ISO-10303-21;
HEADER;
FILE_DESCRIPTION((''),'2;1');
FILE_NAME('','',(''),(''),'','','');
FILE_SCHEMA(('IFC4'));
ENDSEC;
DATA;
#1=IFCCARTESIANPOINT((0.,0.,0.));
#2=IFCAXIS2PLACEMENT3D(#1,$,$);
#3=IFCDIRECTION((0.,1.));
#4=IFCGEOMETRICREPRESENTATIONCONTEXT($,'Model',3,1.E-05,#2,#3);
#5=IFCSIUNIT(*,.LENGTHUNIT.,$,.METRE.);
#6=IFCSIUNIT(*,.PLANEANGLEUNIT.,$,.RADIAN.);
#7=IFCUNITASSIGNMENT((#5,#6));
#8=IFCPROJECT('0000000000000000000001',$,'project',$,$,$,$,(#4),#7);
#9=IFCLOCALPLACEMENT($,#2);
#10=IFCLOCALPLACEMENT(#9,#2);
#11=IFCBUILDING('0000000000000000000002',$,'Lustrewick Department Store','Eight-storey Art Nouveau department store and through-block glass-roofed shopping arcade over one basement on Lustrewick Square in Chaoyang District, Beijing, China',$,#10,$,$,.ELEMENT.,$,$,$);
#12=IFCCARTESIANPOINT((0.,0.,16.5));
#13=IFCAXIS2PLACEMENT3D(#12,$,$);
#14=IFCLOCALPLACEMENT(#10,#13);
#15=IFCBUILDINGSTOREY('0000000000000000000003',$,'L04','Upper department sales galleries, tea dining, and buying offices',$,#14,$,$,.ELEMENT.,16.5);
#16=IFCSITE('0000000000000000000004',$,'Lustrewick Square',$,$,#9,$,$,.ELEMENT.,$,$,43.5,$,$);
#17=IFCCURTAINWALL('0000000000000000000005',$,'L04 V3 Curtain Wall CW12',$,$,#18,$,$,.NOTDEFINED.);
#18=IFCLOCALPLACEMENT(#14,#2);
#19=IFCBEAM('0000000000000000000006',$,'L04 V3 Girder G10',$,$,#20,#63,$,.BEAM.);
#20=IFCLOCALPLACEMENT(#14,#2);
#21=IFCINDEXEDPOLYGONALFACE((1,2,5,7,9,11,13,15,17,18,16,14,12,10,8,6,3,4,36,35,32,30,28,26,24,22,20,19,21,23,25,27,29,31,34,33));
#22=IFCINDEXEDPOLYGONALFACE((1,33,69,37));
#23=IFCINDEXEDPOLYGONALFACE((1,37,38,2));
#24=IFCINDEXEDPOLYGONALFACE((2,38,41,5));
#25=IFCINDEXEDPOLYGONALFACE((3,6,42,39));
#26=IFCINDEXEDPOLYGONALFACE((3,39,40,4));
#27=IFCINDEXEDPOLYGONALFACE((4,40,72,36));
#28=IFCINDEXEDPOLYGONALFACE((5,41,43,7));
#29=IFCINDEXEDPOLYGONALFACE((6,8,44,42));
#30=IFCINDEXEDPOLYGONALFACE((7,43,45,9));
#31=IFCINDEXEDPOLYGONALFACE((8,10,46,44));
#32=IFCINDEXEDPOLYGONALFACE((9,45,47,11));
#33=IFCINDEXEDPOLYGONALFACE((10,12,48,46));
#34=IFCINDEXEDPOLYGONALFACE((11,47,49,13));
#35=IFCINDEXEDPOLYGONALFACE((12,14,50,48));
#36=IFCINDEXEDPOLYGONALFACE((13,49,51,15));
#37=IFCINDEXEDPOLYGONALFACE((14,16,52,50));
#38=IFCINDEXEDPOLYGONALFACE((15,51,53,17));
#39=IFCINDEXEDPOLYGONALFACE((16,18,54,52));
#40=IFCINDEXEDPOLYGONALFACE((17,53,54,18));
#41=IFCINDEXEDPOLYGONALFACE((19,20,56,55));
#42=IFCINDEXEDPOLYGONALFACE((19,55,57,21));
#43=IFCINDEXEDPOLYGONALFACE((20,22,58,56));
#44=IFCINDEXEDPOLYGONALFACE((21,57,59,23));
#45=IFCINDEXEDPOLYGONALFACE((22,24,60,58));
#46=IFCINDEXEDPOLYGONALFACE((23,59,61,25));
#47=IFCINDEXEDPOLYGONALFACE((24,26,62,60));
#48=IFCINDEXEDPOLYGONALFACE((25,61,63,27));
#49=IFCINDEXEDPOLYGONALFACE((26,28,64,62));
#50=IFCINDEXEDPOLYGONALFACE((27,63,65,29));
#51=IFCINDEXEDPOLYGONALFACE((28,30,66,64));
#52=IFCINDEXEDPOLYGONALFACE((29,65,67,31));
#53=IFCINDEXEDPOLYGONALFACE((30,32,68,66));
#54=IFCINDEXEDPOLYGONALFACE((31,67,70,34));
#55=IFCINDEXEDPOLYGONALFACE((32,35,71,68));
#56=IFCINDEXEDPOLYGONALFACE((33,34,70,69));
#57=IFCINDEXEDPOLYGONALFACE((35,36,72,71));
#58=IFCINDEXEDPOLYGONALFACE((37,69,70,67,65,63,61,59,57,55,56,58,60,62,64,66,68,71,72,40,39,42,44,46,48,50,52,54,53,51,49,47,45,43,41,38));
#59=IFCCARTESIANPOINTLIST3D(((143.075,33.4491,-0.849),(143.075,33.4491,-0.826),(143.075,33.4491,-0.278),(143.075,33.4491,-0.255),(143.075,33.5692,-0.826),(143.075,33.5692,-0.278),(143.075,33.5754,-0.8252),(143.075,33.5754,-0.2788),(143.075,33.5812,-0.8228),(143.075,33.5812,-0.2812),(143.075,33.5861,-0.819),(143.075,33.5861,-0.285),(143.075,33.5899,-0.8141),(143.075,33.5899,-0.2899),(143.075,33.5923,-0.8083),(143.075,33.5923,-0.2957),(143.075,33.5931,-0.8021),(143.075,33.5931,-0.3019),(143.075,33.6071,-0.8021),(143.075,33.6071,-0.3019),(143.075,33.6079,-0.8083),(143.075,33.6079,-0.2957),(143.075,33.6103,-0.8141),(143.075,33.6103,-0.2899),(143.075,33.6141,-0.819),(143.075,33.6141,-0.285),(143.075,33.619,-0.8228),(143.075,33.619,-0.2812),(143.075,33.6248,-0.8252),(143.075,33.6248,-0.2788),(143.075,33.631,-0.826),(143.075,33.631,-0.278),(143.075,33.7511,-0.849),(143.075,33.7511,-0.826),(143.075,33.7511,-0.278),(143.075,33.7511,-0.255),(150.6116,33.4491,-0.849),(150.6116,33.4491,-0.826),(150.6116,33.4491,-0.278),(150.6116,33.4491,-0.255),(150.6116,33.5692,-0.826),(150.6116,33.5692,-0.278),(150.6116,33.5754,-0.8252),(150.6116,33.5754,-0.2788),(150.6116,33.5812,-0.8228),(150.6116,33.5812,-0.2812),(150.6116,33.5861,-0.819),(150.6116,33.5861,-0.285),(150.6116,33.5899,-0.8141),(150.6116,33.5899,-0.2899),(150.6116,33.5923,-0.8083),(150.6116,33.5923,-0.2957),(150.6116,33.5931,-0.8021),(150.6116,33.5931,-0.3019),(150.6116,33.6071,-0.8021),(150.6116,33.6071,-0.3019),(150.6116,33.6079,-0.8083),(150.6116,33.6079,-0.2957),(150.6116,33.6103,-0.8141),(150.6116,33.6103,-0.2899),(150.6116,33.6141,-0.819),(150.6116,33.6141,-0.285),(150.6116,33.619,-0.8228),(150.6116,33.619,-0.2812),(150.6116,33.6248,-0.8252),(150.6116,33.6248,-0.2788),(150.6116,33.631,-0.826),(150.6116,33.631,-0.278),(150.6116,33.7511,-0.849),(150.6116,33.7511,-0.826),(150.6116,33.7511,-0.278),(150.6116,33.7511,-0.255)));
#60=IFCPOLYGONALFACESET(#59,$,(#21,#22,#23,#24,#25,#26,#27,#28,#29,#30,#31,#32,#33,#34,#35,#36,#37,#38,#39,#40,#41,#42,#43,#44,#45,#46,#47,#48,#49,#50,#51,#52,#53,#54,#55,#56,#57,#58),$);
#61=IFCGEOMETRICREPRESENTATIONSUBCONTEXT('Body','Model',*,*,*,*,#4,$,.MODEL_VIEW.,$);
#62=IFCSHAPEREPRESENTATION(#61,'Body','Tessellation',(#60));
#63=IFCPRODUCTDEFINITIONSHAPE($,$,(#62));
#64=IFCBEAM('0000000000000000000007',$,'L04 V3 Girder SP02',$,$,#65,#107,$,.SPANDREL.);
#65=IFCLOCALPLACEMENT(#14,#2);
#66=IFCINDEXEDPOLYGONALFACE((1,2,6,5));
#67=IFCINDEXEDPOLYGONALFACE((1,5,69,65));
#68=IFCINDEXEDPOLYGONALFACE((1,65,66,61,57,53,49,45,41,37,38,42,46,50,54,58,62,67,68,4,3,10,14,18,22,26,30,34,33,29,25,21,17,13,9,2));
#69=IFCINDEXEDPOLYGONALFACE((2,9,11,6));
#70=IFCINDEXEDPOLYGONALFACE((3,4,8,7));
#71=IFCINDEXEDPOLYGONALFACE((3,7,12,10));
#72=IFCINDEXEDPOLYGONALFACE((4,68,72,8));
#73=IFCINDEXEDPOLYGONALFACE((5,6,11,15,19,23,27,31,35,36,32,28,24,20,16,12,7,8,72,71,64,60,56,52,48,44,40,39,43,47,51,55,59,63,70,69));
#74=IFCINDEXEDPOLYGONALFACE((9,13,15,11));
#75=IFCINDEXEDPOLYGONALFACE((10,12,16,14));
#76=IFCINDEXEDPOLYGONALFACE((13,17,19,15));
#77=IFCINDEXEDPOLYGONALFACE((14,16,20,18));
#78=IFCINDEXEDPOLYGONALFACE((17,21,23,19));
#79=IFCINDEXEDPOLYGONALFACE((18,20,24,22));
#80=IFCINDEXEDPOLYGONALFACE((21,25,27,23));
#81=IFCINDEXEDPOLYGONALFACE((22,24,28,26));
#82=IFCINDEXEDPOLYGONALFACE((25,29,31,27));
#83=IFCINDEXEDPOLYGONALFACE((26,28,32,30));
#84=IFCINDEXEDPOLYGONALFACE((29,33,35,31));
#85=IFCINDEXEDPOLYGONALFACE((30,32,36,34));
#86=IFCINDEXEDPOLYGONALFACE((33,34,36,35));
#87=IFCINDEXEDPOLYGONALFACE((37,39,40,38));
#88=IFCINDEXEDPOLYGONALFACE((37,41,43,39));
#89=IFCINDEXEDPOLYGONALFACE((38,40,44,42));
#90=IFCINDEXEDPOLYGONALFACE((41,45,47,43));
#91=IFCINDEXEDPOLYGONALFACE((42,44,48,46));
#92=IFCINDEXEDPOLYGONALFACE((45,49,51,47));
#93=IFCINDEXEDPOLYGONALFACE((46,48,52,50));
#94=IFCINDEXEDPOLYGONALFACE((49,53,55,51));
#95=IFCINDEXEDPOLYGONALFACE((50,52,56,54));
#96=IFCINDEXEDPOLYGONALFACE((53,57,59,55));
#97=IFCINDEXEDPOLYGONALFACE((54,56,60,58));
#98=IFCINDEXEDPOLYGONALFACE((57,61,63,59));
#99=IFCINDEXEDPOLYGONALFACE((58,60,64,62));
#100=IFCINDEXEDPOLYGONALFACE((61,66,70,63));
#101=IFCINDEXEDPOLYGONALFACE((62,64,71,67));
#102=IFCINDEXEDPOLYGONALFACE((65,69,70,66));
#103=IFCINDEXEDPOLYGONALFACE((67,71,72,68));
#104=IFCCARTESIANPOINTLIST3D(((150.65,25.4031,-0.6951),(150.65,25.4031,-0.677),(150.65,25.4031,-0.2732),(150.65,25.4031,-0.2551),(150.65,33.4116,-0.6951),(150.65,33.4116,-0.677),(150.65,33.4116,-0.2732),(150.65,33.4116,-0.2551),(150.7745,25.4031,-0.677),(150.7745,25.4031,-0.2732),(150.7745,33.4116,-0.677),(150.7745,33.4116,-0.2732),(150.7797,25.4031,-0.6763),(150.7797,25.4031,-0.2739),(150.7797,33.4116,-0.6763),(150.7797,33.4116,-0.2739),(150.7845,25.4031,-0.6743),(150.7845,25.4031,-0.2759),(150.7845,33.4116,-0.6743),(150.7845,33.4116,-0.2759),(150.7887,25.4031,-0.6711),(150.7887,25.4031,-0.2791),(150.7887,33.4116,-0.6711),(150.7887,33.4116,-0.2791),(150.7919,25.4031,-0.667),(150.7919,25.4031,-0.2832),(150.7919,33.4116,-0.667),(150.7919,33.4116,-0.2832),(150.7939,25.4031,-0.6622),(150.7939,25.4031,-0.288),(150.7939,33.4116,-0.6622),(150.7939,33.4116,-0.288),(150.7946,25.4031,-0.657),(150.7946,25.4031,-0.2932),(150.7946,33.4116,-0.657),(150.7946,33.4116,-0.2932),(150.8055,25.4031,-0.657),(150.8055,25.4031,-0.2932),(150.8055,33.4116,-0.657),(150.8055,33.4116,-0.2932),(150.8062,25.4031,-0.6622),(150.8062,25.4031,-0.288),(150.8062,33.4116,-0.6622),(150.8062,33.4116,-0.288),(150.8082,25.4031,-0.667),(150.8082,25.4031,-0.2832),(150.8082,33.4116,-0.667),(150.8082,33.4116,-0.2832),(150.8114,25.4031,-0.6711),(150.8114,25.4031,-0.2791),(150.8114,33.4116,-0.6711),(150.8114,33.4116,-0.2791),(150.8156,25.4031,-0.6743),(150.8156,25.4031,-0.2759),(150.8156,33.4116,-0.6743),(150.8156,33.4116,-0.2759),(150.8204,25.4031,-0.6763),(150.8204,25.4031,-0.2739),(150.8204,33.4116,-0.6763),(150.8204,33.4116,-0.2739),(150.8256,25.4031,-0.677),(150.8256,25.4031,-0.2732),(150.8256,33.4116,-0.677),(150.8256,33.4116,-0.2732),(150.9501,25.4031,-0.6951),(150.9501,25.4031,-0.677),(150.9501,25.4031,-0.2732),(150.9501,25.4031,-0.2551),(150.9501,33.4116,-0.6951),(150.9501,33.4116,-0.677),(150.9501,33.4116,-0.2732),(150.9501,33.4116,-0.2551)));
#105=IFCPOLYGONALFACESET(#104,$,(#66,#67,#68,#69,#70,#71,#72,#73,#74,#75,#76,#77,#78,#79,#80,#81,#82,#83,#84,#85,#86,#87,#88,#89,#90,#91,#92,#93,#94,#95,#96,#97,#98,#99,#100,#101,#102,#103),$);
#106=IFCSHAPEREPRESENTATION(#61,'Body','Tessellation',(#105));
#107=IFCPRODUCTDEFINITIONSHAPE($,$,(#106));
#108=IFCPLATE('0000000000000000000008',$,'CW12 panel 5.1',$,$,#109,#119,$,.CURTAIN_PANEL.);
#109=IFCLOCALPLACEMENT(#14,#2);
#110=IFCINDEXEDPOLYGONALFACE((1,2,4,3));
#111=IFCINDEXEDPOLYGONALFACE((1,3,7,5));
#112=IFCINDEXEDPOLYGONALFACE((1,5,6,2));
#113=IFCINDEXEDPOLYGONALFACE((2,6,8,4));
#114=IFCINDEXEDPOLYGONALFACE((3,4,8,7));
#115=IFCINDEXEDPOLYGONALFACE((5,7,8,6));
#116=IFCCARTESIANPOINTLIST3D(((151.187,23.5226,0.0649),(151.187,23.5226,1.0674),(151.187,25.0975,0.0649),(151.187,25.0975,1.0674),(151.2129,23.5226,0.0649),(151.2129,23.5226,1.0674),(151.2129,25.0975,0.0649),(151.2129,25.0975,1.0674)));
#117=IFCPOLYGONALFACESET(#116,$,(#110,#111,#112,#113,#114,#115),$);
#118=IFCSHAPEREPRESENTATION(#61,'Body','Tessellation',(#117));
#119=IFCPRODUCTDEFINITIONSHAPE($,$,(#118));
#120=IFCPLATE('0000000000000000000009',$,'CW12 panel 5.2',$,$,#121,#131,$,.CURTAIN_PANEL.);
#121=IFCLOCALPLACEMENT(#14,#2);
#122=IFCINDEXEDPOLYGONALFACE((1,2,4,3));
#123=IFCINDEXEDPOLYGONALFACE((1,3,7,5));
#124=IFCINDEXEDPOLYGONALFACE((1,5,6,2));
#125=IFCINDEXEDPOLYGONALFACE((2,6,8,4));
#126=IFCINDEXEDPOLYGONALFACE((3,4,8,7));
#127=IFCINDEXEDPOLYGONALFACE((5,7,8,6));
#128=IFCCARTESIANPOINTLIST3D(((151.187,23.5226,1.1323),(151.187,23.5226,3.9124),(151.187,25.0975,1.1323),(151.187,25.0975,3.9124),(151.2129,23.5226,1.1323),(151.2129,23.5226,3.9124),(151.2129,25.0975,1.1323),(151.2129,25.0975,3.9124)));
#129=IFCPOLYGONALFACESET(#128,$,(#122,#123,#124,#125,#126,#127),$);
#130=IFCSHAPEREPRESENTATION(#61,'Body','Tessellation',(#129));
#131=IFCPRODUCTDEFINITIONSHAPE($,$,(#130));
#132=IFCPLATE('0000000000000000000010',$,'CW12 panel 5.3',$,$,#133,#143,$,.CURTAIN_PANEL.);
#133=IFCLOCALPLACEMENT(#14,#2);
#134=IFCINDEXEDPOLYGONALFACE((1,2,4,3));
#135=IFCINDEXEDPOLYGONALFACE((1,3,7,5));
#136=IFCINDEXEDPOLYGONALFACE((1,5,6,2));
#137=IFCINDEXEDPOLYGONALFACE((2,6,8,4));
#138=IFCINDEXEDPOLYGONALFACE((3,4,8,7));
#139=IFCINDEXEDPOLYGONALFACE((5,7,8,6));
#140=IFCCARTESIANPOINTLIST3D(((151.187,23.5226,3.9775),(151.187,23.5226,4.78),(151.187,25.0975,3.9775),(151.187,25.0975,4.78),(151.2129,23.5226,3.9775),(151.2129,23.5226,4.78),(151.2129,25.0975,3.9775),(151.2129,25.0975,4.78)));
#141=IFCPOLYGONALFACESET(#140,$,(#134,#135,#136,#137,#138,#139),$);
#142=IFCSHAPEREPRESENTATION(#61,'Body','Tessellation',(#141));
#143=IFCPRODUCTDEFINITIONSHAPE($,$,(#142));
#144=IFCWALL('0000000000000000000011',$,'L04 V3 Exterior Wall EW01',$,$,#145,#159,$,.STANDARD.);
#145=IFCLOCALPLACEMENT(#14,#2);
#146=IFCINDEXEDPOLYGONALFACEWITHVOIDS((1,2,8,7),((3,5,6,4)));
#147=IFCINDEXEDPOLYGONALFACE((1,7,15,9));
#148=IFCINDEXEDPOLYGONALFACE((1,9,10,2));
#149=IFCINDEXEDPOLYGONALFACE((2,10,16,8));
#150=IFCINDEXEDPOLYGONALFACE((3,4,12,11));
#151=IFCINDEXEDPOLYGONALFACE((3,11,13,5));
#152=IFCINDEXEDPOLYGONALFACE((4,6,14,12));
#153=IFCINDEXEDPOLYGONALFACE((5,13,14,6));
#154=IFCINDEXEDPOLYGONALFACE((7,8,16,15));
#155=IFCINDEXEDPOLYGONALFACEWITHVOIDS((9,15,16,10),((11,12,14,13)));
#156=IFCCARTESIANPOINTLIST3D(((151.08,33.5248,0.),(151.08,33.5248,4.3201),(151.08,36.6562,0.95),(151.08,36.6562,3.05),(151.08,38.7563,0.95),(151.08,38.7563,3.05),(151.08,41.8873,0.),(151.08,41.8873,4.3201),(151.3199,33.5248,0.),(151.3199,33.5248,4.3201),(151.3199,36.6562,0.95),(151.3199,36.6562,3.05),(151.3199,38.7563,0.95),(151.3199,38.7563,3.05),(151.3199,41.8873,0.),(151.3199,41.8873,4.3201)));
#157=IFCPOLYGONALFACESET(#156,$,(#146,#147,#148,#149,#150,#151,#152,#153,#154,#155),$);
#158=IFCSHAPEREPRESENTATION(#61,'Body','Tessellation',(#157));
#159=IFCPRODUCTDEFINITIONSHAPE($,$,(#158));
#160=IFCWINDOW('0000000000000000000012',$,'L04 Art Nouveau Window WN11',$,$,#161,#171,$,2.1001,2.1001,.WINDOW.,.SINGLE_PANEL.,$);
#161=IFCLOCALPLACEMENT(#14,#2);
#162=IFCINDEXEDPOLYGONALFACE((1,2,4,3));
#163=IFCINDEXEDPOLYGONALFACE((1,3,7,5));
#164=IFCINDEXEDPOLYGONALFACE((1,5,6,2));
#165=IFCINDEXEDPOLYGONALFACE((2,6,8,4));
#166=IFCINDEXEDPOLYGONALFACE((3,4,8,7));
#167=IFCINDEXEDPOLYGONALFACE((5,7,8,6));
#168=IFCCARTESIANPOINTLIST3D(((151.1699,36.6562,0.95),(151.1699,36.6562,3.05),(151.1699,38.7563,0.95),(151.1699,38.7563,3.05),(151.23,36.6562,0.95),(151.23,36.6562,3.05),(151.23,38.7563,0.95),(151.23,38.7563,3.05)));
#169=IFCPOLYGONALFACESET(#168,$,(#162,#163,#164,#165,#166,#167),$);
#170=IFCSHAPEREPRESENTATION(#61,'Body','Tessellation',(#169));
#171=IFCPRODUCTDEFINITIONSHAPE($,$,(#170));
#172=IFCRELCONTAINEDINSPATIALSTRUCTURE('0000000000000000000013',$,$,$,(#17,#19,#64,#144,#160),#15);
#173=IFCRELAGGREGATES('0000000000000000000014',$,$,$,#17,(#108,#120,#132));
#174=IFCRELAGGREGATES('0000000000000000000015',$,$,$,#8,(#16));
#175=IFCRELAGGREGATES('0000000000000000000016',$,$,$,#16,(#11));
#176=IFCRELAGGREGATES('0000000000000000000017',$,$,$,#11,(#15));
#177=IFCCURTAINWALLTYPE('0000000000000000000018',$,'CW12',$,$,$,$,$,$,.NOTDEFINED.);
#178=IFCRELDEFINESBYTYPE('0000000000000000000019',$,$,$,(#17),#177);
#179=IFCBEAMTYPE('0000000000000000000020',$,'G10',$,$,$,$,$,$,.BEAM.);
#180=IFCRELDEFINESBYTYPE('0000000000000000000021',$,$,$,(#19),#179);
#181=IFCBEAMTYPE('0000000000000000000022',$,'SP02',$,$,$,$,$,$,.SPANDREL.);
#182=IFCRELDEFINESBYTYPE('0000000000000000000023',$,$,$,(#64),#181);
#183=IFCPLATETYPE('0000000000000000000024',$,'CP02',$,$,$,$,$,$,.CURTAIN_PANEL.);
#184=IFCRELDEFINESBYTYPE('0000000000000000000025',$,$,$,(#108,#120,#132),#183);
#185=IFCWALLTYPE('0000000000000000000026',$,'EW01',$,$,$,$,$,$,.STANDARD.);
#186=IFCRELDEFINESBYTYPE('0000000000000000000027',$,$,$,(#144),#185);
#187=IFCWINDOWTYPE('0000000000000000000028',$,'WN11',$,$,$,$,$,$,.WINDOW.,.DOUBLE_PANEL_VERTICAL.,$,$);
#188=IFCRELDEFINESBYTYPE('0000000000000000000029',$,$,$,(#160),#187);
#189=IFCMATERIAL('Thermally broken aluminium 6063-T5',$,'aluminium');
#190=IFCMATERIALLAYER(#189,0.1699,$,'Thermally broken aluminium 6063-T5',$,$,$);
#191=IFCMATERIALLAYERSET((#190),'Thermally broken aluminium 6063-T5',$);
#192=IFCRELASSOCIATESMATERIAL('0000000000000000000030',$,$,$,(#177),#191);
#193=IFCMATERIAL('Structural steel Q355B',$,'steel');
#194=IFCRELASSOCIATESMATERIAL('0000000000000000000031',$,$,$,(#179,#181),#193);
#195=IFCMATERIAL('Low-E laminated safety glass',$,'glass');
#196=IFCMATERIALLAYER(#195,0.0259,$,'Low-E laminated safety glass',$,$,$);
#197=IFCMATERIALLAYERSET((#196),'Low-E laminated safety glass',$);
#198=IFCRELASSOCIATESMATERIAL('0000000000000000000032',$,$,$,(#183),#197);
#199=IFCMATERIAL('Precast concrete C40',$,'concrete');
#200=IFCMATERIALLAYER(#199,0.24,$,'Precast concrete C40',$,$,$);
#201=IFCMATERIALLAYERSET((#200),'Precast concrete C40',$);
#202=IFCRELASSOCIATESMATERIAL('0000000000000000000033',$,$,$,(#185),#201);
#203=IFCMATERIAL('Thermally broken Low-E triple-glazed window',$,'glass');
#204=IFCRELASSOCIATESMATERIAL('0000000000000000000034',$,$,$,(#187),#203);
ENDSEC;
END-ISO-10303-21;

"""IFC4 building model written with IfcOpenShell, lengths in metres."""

from ifc_helpers import new_model, si_unit, direction, frame, frame_2d, origin, origin_2d, place, context, subcontext, project, spatial, rectangle, i_section, extrude, material, layer, layer_set, material_profile, profile_set, type_object, element, fill, aggregate, save


model = new_model("IFC4")

# Units and contexts
model_context = context("Model", 3, precision=1e-05, world=origin(), true_north=direction((0.0, 1.0)))
body_context = subcontext(model_context, "Body", "Model", "MODEL_VIEW")
ifc_project = project(units=[si_unit("LENGTHUNIT", "METRE"), si_unit("PLANEANGLEUNIT", "RADIAN")], contexts=[model_context])

# Site, building, storey
site_placement = place(None, origin())
site = spatial("IfcSite", under=ifc_project, at=site_placement, Name="Lustrewick Square", CompositionType="ELEMENT", RefElevation=43.5)
building_placement = place(site_placement, origin())
building = spatial("IfcBuilding", under=site, at=building_placement, Name="Lustrewick Department Store", Description="Eight-storey Art Nouveau department store and through-block glass-roofed shopping arcade over one basement on Lustrewick Square in Chaoyang District, Beijing, China", CompositionType="ELEMENT")
storey_placement = place(building_placement, frame((0.0, 0.0, 16.5)))
storey = spatial("IfcBuildingStorey", under=building, at=storey_placement, Name="L04", Description="Upper department sales galleries, tea dining, and buying offices", CompositionType="ELEMENT", Elevation=16.5)

# Shared definitions
ifc_material_1 = material(Name="Structural steel Q355B", Category="steel")

# Curtain wall
ifc_material_2 = material(Name="Thermally broken aluminium 6063-T5", Category="aluminium")
ifc_layer_1 = layer(ifc_material_2, 0.1699, Name="Thermally broken aluminium 6063-T5")
ifc_layer_set_1 = layer_set([ifc_layer_1], Name="Thermally broken aluminium 6063-T5")
curtain_wall_type = type_object("IfcCurtainWallType", Name="CW12", PredefinedType="NOTDEFINED", material=ifc_layer_set_1)
curtain_wall_placement = place(storey_placement, origin())
curtain_wall = element("IfcCurtainWall", 1, at=curtain_wall_placement, inside=storey, type_object=curtain_wall_type, Name="L04 V3 Curtain Wall CW12", PredefinedType="NOTDEFINED")

# Beams
ifc_material_profile_1 = material_profile(ifc_material_1, i_section(OverallWidth=0.302, OverallDepth=0.594, WebThickness=0.0139, FlangeThickness=0.0229, FilletRadius=0.0239, at=origin_2d()), Name="HM 594x302x14x23")
ifc_profile_set_1 = profile_set([ifc_material_profile_1], Name="Structural steel Q355B")
beam_type_1 = type_object("IfcBeamType", Name="G10", PredefinedType="BEAM", material=ifc_profile_set_1)
beam_1_placement = place(storey_placement, frame((143.075, 33.6001, -0.552), z_axis=(1.0, 0.0, 0.0), x_axis=(0.0, 1.0, 0.0)))
element("IfcBeam", 2, at=beam_1_placement, inside=storey, type_object=beam_type_1, Name="L04 V3 Girder G10", PredefinedType="BEAM", context=body_context, shape_type="SweptSolid", body=[
    extrude(i_section(OverallWidth=0.302, OverallDepth=0.594, WebThickness=0.0139, FlangeThickness=0.0229, FilletRadius=0.0239, at=origin_2d()), origin(), (0.0, 0.0, 1.0), 7.5366),
])
ifc_material_profile_2 = material_profile(ifc_material_1, i_section(OverallWidth=0.3, OverallDepth=0.4399, WebThickness=0.011, FlangeThickness=0.0181, FilletRadius=0.02, at=origin_2d()), Name="HM 440x300x11x18")
ifc_profile_set_2 = profile_set([ifc_material_profile_2], Name="Structural steel Q355B")
beam_type_2 = type_object("IfcBeamType", Name="SP02", PredefinedType="SPANDREL", material=ifc_profile_set_2)
beam_2_placement = place(storey_placement, frame((150.8, 25.4031, -0.4751), z_axis=(0.0, 1.0, 0.0), x_axis=(-1.0, 0.0, 0.0)))
element("IfcBeam", 3, at=beam_2_placement, inside=storey, type_object=beam_type_2, Name="L04 V3 Girder SP02", PredefinedType="SPANDREL", context=body_context, shape_type="SweptSolid", body=[
    extrude(i_section(OverallWidth=0.3, OverallDepth=0.4399, WebThickness=0.011, FlangeThickness=0.0181, FilletRadius=0.02, at=origin_2d()), origin(), (0.0, 0.0, 1.0), 8.0085),
])

# Plates
ifc_material_3 = material(Name="Low-E laminated safety glass", Category="glass")
ifc_layer_2 = layer(ifc_material_3, 0.0259, Name="Low-E laminated safety glass")
ifc_layer_set_2 = layer_set([ifc_layer_2], Name="Low-E laminated safety glass")
plate_type = type_object("IfcPlateType", Name="CP02", PredefinedType="CURTAIN_PANEL", material=ifc_layer_set_2)
plate_1_placement = place(storey_placement, frame((151.2, 24.3101, 0.0649), z_axis=(0.0, 0.0, 1.0), x_axis=(0.0, 1.0, 0.0)))
plate_1 = element("IfcPlate", 4, at=plate_1_placement, type_object=plate_type, Name="CW12 panel 5.1", PredefinedType="CURTAIN_PANEL", context=body_context, shape_type="SweptSolid", body=[
    extrude(rectangle(XDim=1.575, YDim=0.0259, at=origin_2d()), origin(), (0.0, 0.0, 1.0), 1.0024),
])
plate_2_placement = place(storey_placement, frame((151.2, 24.3101, 1.1323), z_axis=(0.0, 0.0, 1.0), x_axis=(0.0, 1.0, 0.0)))
plate_2 = element("IfcPlate", 5, at=plate_2_placement, type_object=plate_type, Name="CW12 panel 5.2", PredefinedType="CURTAIN_PANEL", context=body_context, shape_type="SweptSolid", body=[
    extrude(rectangle(XDim=1.575, YDim=0.0259, at=origin_2d()), origin(), (0.0, 0.0, 1.0), 2.78),
])
plate_3_placement = place(storey_placement, frame((151.2, 24.3101, 3.9775), z_axis=(0.0, 0.0, 1.0), x_axis=(0.0, 1.0, 0.0)))
plate_3 = element("IfcPlate", 6, at=plate_3_placement, type_object=plate_type, Name="CW12 panel 5.3", PredefinedType="CURTAIN_PANEL", context=body_context, shape_type="SweptSolid", body=[
    extrude(rectangle(XDim=1.575, YDim=0.0259, at=origin_2d()), origin(), (0.0, 0.0, 1.0), 0.8025),
])
aggregate(curtain_wall, [plate_1, plate_2, plate_3])

# Wall, opening, window
ifc_material_4 = material(Name="Precast concrete C40", Category="concrete")
ifc_layer_3 = layer(ifc_material_4, 0.24, Name="Precast concrete C40")
ifc_layer_set_3 = layer_set([ifc_layer_3], Name="Precast concrete C40")
wall_type_1 = type_object("IfcWallType", Name="EW01", PredefinedType="STANDARD", material=ifc_layer_set_3)
wall_1_placement = place(storey_placement, frame((151.2, 33.5249, 0.0), z_axis=(0.0, 0.0, 1.0), x_axis=(0.0, 1.0, 0.0)))
wall_1 = element("IfcWall", 7, at=wall_1_placement, inside=storey, type_object=wall_type_1, Name="L04 V3 Exterior Wall EW01", PredefinedType="STANDARD", context=body_context, shape_type="SweptSolid", body=[
    extrude(rectangle(XDim=8.3625, YDim=0.24, at=frame_2d((4.1812, 0.0))), origin(), (0.0, 0.0, 1.0), 4.3201),
])
opening_1_placement = place(wall_1_placement, frame((3.1313, 0.0, 0.95)))
opening_1 = element("IfcOpeningElement", 8, at=opening_1_placement, cuts=wall_1, PredefinedType="OPENING", context=body_context, shape_type="SweptSolid", body=[
    extrude(rectangle(XDim=2.1001, YDim=2.1001, at=frame_2d((1.05, 1.05))), frame((0.0, 0.1299, 0.0), z_axis=(0.0, -1.0, 0.0), x_axis=(1.0, 0.0, 0.0)), (0.0, 0.0, 1.0), 0.26),
])
ifc_material_5 = material(Name="Thermally broken Low-E triple-glazed window", Category="glass")
window_type_1 = type_object("IfcWindowType", Name="WN11", PartitioningType="DOUBLE_PANEL_VERTICAL", PredefinedType="WINDOW", material=ifc_material_5)
window_1_placement = place(opening_1_placement, origin())
window_1 = element("IfcWindow", 9, at=window_1_placement, inside=storey, type_object=window_type_1, Name="L04 Art Nouveau Window WN11", OverallHeight=2.1001, OverallWidth=2.1001, PartitioningType="SINGLE_PANEL", PredefinedType="WINDOW", context=body_context, shape_type="SweptSolid", body=[
    extrude(rectangle(XDim=2.1001, YDim=2.1001, at=frame_2d((1.05, 1.05))), frame((0.0, 0.03, 0.0), z_axis=(0.0, -1.0, 0.0), x_axis=(1.0, 0.0, 0.0)), (0.0, 0.0, 1.0), 0.0601),
])
fill(opening_1, window_1)

save(model, "model.ifc")
